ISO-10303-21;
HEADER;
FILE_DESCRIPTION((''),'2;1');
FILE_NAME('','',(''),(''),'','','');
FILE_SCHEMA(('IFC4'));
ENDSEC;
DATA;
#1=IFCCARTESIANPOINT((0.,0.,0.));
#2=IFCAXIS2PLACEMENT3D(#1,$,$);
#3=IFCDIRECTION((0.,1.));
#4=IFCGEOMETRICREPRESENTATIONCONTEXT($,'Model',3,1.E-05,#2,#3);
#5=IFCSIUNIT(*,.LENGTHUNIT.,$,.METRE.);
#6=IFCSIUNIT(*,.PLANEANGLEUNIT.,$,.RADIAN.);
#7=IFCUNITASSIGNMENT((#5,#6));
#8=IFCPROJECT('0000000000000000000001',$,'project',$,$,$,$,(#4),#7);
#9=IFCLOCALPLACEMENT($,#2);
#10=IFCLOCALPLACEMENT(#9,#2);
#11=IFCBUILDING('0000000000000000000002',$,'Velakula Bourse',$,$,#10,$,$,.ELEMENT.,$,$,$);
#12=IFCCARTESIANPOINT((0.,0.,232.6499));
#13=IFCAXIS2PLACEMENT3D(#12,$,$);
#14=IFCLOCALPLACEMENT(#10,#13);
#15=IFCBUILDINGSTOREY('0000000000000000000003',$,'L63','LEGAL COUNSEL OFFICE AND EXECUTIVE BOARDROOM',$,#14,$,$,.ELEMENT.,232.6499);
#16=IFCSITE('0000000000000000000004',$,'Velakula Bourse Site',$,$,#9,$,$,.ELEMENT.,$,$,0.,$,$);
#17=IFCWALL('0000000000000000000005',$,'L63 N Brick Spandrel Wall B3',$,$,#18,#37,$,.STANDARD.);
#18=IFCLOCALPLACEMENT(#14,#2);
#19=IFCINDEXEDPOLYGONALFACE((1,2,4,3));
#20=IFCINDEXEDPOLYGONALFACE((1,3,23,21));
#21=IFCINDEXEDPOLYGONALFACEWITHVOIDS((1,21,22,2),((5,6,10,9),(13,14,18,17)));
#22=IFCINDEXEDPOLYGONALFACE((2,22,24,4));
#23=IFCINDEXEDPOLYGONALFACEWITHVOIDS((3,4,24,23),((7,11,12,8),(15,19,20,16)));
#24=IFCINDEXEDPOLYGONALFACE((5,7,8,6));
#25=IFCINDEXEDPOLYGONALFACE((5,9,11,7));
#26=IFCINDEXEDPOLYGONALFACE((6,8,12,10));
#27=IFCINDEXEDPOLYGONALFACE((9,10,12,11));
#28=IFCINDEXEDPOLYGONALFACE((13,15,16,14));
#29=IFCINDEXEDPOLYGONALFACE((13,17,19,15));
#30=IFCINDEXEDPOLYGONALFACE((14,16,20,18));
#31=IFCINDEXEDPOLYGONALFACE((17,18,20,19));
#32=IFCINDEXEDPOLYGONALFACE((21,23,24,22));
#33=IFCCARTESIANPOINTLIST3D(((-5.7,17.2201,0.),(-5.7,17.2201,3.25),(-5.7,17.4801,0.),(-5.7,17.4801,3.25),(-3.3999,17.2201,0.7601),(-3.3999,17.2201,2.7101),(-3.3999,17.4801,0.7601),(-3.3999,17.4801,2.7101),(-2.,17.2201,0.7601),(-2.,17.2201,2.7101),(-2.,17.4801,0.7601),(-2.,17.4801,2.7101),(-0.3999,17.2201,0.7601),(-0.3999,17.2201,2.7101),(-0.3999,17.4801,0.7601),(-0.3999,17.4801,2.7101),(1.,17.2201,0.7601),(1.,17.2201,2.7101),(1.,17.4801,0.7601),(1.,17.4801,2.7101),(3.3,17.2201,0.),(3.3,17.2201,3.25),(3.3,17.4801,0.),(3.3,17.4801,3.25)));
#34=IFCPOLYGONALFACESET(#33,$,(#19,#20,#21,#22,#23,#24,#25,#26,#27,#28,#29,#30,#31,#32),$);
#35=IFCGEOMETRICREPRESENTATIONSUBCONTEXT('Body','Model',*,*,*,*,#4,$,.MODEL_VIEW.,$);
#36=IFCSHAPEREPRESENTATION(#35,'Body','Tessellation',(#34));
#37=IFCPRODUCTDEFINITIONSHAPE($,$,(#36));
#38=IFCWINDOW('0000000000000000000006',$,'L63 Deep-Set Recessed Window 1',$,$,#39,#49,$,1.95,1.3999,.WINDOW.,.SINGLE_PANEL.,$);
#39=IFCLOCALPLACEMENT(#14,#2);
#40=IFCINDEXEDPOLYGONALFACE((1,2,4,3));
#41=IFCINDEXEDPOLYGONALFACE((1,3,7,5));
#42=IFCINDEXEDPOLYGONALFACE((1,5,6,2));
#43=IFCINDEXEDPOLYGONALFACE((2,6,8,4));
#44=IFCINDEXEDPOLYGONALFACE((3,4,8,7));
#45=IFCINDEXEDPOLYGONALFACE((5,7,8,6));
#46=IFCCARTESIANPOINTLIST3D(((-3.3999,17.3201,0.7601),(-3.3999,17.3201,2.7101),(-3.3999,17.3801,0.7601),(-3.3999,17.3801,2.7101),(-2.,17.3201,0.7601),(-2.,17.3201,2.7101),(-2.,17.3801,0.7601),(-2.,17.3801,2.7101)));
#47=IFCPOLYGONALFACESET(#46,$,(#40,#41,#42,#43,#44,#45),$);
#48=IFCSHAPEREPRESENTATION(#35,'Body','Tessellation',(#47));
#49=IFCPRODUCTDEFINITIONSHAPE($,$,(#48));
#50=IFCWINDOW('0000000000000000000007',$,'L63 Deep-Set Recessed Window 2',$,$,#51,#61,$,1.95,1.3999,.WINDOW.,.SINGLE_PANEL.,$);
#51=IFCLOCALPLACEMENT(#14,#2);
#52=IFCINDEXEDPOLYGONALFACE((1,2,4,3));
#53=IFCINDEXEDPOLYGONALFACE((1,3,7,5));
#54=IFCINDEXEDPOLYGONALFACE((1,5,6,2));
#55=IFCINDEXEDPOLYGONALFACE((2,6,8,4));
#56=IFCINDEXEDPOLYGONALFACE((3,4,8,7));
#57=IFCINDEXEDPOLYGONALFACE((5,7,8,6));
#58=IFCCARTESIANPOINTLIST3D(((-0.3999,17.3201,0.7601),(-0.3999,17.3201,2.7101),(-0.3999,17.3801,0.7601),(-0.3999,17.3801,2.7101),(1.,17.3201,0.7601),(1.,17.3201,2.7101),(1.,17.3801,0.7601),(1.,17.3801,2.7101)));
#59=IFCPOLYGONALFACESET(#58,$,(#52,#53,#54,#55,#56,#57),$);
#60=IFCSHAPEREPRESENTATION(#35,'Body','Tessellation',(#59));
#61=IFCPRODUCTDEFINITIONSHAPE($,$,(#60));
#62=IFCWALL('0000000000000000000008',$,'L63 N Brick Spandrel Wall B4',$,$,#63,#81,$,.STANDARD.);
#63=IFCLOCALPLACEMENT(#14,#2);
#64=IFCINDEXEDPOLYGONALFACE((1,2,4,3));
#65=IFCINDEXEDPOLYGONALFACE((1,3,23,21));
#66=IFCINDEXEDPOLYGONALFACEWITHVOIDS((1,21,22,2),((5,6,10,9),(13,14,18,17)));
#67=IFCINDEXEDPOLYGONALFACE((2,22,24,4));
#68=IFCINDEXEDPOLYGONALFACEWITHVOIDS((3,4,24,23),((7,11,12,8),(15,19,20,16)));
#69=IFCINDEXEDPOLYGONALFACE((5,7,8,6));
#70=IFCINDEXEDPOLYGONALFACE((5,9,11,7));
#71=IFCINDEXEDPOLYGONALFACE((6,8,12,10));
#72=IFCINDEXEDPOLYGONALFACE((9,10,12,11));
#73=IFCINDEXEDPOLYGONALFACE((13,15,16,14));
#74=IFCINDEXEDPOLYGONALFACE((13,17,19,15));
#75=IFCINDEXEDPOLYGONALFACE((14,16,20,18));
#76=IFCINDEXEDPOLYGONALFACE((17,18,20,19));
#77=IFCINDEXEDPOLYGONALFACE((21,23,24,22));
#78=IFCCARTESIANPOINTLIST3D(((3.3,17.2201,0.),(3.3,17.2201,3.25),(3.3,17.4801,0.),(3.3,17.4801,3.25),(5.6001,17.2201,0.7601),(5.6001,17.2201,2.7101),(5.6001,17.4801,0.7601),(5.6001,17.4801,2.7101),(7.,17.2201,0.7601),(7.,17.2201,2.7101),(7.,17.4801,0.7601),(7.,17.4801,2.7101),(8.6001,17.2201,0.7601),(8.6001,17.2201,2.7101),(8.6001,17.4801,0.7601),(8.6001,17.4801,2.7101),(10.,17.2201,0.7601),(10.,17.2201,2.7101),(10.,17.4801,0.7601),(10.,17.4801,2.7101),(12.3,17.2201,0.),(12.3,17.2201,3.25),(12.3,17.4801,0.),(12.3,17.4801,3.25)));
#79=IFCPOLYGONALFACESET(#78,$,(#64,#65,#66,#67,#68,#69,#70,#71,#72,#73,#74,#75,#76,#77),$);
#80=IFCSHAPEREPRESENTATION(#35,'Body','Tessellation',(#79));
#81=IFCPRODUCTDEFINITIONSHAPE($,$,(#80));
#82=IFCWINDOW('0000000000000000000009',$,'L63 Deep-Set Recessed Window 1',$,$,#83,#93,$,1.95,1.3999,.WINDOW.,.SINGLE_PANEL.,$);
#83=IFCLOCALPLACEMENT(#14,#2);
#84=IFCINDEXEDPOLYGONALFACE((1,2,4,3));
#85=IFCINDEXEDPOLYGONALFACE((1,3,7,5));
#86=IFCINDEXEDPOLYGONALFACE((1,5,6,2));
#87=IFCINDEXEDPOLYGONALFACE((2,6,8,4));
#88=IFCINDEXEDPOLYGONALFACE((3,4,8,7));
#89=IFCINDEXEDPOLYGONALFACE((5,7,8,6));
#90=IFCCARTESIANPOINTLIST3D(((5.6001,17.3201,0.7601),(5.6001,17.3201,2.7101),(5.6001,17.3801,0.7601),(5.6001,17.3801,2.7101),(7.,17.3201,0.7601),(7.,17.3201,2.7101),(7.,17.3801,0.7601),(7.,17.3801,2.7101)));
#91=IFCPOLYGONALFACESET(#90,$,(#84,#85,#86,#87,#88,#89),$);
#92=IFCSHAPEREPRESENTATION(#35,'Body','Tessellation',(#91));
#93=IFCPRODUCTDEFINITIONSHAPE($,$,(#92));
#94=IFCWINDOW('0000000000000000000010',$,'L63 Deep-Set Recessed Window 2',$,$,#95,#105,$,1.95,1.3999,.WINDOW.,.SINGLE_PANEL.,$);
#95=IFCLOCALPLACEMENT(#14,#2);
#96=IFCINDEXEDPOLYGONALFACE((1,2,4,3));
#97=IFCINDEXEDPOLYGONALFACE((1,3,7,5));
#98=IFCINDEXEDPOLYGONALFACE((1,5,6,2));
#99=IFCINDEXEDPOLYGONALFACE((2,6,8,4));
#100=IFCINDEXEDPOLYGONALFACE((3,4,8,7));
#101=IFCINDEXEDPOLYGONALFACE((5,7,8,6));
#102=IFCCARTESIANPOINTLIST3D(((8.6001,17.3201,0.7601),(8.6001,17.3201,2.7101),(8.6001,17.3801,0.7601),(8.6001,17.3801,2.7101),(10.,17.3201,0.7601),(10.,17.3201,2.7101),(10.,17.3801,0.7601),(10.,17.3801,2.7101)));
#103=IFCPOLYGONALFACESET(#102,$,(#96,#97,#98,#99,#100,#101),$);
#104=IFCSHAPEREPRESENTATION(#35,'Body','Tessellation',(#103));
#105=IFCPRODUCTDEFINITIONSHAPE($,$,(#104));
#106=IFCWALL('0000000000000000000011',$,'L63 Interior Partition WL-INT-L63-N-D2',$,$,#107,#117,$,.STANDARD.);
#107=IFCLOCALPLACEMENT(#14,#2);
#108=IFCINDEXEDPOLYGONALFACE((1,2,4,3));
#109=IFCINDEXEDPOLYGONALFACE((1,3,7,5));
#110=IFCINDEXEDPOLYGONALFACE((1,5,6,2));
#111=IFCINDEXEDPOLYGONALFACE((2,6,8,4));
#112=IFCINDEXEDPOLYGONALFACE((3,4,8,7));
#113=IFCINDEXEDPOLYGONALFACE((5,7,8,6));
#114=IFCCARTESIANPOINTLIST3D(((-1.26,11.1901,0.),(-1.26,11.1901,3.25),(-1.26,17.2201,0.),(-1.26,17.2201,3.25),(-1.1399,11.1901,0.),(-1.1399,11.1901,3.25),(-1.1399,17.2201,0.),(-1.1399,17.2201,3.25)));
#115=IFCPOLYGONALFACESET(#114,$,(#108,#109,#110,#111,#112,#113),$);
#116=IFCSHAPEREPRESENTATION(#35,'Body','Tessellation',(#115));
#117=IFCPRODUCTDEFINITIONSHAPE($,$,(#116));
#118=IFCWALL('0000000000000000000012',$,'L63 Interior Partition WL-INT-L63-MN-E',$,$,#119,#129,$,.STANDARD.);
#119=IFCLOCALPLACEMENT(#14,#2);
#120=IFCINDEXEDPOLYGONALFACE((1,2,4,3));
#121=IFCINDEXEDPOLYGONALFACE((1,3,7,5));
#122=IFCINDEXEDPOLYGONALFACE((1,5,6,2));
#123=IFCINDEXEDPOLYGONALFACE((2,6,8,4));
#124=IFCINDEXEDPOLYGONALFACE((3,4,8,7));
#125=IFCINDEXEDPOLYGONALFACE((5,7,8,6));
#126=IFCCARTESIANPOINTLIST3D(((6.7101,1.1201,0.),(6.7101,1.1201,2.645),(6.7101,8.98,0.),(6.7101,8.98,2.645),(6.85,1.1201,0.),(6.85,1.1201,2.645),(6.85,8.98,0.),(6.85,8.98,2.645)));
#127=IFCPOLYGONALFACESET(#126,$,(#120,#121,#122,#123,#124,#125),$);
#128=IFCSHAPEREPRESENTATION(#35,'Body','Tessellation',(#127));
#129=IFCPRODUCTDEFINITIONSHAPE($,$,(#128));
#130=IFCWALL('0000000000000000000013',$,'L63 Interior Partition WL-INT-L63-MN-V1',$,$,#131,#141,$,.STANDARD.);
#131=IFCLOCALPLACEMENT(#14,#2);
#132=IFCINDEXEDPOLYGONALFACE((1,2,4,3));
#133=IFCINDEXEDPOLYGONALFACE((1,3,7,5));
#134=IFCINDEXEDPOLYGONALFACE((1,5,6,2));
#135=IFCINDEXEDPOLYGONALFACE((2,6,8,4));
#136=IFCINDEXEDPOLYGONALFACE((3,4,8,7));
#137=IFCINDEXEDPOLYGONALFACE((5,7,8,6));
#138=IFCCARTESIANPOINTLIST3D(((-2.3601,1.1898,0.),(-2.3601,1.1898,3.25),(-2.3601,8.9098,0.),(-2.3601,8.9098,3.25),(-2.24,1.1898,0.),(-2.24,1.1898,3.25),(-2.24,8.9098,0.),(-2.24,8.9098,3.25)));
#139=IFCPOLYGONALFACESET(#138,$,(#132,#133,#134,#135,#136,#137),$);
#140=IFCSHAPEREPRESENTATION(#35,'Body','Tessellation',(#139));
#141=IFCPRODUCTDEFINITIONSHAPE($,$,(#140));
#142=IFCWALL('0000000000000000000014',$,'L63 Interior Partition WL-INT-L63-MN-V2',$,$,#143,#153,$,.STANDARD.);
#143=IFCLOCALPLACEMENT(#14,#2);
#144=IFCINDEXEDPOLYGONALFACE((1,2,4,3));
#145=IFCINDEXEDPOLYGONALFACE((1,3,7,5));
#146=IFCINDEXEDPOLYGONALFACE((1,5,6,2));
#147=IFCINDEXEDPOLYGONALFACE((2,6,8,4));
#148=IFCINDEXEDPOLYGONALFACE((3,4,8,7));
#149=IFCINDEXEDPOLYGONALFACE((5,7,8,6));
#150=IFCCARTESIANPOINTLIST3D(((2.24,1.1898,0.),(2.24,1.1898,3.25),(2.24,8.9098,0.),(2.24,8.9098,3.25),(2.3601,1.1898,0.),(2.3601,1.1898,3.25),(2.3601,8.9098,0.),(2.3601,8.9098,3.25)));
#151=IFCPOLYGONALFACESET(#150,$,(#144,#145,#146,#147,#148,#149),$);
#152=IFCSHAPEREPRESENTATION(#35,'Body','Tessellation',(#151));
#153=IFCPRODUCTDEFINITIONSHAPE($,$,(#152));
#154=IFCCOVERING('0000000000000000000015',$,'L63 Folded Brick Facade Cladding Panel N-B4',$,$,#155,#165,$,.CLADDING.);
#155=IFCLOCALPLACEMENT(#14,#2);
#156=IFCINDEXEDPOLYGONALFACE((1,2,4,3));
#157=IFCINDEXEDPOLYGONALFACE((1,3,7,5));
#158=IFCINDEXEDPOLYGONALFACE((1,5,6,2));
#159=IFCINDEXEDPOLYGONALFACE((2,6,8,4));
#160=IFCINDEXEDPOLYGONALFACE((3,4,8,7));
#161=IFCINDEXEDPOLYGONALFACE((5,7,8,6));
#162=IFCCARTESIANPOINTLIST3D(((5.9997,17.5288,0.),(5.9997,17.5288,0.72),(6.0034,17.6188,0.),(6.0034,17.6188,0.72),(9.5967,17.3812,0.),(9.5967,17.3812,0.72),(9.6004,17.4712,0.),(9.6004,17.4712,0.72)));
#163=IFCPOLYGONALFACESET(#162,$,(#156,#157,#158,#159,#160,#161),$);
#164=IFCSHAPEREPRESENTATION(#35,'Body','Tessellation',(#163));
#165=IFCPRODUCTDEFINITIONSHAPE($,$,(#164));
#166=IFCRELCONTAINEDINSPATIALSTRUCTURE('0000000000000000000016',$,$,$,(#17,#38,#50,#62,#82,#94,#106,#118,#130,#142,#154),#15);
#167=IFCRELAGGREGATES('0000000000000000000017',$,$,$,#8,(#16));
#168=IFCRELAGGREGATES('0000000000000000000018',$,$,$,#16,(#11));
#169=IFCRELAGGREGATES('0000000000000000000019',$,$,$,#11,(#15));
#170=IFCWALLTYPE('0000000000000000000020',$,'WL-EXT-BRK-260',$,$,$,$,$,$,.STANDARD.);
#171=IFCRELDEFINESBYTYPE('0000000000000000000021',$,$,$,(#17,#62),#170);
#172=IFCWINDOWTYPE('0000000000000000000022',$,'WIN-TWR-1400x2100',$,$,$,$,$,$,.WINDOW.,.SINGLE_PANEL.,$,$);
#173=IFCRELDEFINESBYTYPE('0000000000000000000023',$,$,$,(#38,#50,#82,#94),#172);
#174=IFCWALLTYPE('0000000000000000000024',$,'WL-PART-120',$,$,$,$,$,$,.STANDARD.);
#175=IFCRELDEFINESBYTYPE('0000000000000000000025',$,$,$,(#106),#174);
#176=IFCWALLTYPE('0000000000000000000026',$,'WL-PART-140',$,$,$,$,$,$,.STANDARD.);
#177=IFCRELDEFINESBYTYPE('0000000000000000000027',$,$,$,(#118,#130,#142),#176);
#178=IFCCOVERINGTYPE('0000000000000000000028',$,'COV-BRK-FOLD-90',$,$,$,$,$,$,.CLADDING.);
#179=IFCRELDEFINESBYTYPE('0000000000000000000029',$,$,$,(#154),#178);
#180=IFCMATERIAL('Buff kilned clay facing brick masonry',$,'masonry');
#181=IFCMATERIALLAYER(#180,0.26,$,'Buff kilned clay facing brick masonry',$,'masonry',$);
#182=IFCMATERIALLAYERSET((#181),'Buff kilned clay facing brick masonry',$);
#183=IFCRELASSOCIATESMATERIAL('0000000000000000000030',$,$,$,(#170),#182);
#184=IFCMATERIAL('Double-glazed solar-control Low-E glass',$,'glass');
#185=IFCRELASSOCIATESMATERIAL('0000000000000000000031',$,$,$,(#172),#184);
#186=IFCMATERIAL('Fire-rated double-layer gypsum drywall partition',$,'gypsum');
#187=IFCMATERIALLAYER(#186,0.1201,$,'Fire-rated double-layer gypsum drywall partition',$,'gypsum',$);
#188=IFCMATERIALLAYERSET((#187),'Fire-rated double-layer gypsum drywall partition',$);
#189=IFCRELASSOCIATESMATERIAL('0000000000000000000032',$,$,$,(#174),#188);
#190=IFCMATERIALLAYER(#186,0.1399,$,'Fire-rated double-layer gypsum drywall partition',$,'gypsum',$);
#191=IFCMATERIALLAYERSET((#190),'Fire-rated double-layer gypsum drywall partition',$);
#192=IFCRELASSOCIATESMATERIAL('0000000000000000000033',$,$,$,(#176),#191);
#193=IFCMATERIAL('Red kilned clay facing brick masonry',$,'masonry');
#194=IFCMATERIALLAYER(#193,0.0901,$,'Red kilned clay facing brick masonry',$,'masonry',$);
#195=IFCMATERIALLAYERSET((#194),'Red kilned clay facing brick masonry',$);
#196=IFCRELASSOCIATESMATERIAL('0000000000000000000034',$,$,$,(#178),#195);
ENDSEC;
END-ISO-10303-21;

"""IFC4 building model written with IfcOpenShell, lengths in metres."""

from ifc_helpers import new_model, si_unit, direction, frame, frame_2d, origin, origin_2d, place, context, subcontext, project, spatial, rectangle, extrude, material, layer, layer_set, type_object, element, fill, save


model = new_model("IFC4")

# Units and contexts
model_context = context("Model", 3, precision=1e-05, world=origin(), true_north=direction((0.0, 1.0)))
body_context = subcontext(model_context, "Body", "Model", "MODEL_VIEW")
ifc_project = project(units=[si_unit("LENGTHUNIT", "METRE"), si_unit("PLANEANGLEUNIT", "RADIAN")], contexts=[model_context])

# Site, building, storey
site_placement = place(None, origin())
site = spatial("IfcSite", under=ifc_project, at=site_placement, Name="Velakula Bourse Site", CompositionType="ELEMENT", RefElevation=0.0)
building_placement = place(site_placement, origin())
building = spatial("IfcBuilding", under=site, at=building_placement, Name="Velakula Bourse", CompositionType="ELEMENT")
storey_placement = place(building_placement, frame((0.0, 0.0, 232.6499)))
storey = spatial("IfcBuildingStorey", under=building, at=storey_placement, Name="L63", Description="LEGAL COUNSEL OFFICE AND EXECUTIVE BOARDROOM", CompositionType="ELEMENT", Elevation=232.6499)

# Walls, openings, windows
ifc_material_1 = material(Name="Buff kilned clay facing brick masonry", Category="masonry")
ifc_layer_1 = layer(ifc_material_1, 0.26, Name="Buff kilned clay facing brick masonry", Category="masonry")
ifc_layer_set_1 = layer_set([ifc_layer_1], Name="Buff kilned clay facing brick masonry")
wall_type_1 = type_object("IfcWallType", Name="WL-EXT-BRK-260", PredefinedType="STANDARD", material=ifc_layer_set_1)
wall_1_placement = place(storey_placement, frame((-5.7, 17.3501, 0.0), z_axis=(0.0, 0.0, 1.0), x_axis=(1.0, 0.0, 0.0)))
wall_1 = element("IfcWall", 1, at=wall_1_placement, inside=storey, type_object=wall_type_1, Name="L63 N Brick Spandrel Wall B3", PredefinedType="STANDARD", context=body_context, shape_type="SweptSolid", body=[
    extrude(rectangle(XDim=9.0, YDim=0.26, at=frame_2d((4.5, 0.0))), origin(), (0.0, 0.0, 1.0), 3.25),
])
opening_1_placement = place(wall_1_placement, frame((2.3, 0.0, 0.76)))
opening_1 = element("IfcOpeningElement", 2, at=opening_1_placement, cuts=wall_1, PredefinedType="OPENING", context=body_context, shape_type="SweptSolid", body=[
    extrude(rectangle(XDim=1.3999, YDim=1.95, at=frame_2d((0.7, 0.9751))), frame((0.0, 0.1399, 0.0), z_axis=(0.0, -1.0, 0.0), x_axis=(1.0, 0.0, 0.0)), (0.0, 0.0, 1.0), 0.28),
])
opening_2_placement = place(wall_1_placement, frame((5.3, 0.0, 0.76)))
opening_2 = element("IfcOpeningElement", 3, at=opening_2_placement, cuts=wall_1, PredefinedType="OPENING", context=body_context, shape_type="SweptSolid", body=[
    extrude(rectangle(XDim=1.3999, YDim=1.95, at=frame_2d((0.7, 0.9751))), frame((0.0, 0.1399, 0.0), z_axis=(0.0, -1.0, 0.0), x_axis=(1.0, 0.0, 0.0)), (0.0, 0.0, 1.0), 0.28),
])
ifc_material_2 = material(Name="Double-glazed solar-control Low-E glass", Category="glass")
window_type = type_object("IfcWindowType", Name="WIN-TWR-1400x2100", PartitioningType="SINGLE_PANEL", PredefinedType="WINDOW", material=ifc_material_2)
window_1_placement = place(opening_1_placement, origin())
window_1 = element("IfcWindow", 4, at=window_1_placement, inside=storey, type_object=window_type, Name="L63 Deep-Set Recessed Window 1", OverallHeight=1.95, OverallWidth=1.3999, PartitioningType="SINGLE_PANEL", PredefinedType="WINDOW", context=body_context, shape_type="SweptSolid", body=[
    extrude(rectangle(XDim=1.3999, YDim=1.95, at=frame_2d((0.7, 0.9751))), frame((0.0, 0.03, 0.0), z_axis=(0.0, -1.0, 0.0), x_axis=(1.0, 0.0, 0.0)), (0.0, 0.0, 1.0), 0.0601),
])
fill(opening_1, window_1)
window_2_placement = place(opening_2_placement, origin())
window_2 = element("IfcWindow", 5, at=window_2_placement, inside=storey, type_object=window_type, Name="L63 Deep-Set Recessed Window 2", OverallHeight=1.95, OverallWidth=1.3999, PartitioningType="SINGLE_PANEL", PredefinedType="WINDOW", context=body_context, shape_type="SweptSolid", body=[
    extrude(rectangle(XDim=1.3999, YDim=1.95, at=frame_2d((0.7, 0.9751))), frame((0.0, 0.03, 0.0), z_axis=(0.0, -1.0, 0.0), x_axis=(1.0, 0.0, 0.0)), (0.0, 0.0, 1.0), 0.0601),
])
fill(opening_2, window_2)
wall_2_placement = place(storey_placement, frame((3.3, 17.3501, 0.0), z_axis=(0.0, 0.0, 1.0), x_axis=(1.0, 0.0, 0.0)))
wall_2 = element("IfcWall", 6, at=wall_2_placement, inside=storey, type_object=wall_type_1, Name="L63 N Brick Spandrel Wall B4", PredefinedType="STANDARD", context=body_context, shape_type="SweptSolid", body=[
    extrude(rectangle(XDim=9.0, YDim=0.26, at=frame_2d((4.5, 0.0))), origin(), (0.0, 0.0, 1.0), 3.25),
])
opening_3_placement = place(wall_2_placement, frame((2.3, 0.0, 0.76)))
opening_3 = element("IfcOpeningElement", 7, at=opening_3_placement, cuts=wall_2, PredefinedType="OPENING", context=body_context, shape_type="SweptSolid", body=[
    extrude(rectangle(XDim=1.3999, YDim=1.95, at=frame_2d((0.7, 0.9751))), frame((0.0, 0.1399, 0.0), z_axis=(0.0, -1.0, 0.0), x_axis=(1.0, 0.0, 0.0)), (0.0, 0.0, 1.0), 0.28),
])
opening_4_placement = place(wall_2_placement, frame((5.3, 0.0, 0.76)))
opening_4 = element("IfcOpeningElement", 8, at=opening_4_placement, cuts=wall_2, PredefinedType="OPENING", context=body_context, shape_type="SweptSolid", body=[
    extrude(rectangle(XDim=1.3999, YDim=1.95, at=frame_2d((0.7, 0.9751))), frame((0.0, 0.1399, 0.0), z_axis=(0.0, -1.0, 0.0), x_axis=(1.0, 0.0, 0.0)), (0.0, 0.0, 1.0), 0.28),
])
window_3_placement = place(opening_3_placement, origin())
window_3 = element("IfcWindow", 9, at=window_3_placement, inside=storey, type_object=window_type, Name="L63 Deep-Set Recessed Window 1", OverallHeight=1.95, OverallWidth=1.3999, PartitioningType="SINGLE_PANEL", PredefinedType="WINDOW", context=body_context, shape_type="SweptSolid", body=[
    extrude(rectangle(XDim=1.3999, YDim=1.95, at=frame_2d((0.7, 0.9751))), frame((0.0, 0.03, 0.0), z_axis=(0.0, -1.0, 0.0), x_axis=(1.0, 0.0, 0.0)), (0.0, 0.0, 1.0), 0.0601),
])
fill(opening_3, window_3)
window_4_placement = place(opening_4_placement, origin())
window_4 = element("IfcWindow", 10, at=window_4_placement, inside=storey, type_object=window_type, Name="L63 Deep-Set Recessed Window 2", OverallHeight=1.95, OverallWidth=1.3999, PartitioningType="SINGLE_PANEL", PredefinedType="WINDOW", context=body_context, shape_type="SweptSolid", body=[
    extrude(rectangle(XDim=1.3999, YDim=1.95, at=frame_2d((0.7, 0.9751))), frame((0.0, 0.03, 0.0), z_axis=(0.0, -1.0, 0.0), x_axis=(1.0, 0.0, 0.0)), (0.0, 0.0, 1.0), 0.0601),
])
fill(opening_4, window_4)

# Walls
ifc_material_3 = material(Name="Fire-rated double-layer gypsum drywall partition", Category="gypsum")
ifc_layer_2 = layer(ifc_material_3, 0.1201, Name="Fire-rated double-layer gypsum drywall partition", Category="gypsum")
ifc_layer_set_2 = layer_set([ifc_layer_2], Name="Fire-rated double-layer gypsum drywall partition")
wall_type_2 = type_object("IfcWallType", Name="WL-PART-120", PredefinedType="STANDARD", material=ifc_layer_set_2)
wall_3_placement = place(storey_placement, frame((-1.2, 11.1899, 0.0), z_axis=(0.0, 0.0, 1.0), x_axis=(0.0, 1.0, 0.0)))
element("IfcWall", 11, at=wall_3_placement, inside=storey, type_object=wall_type_2, Name="L63 Interior Partition WL-INT-L63-N-D2", PredefinedType="STANDARD", context=body_context, shape_type="SweptSolid", body=[
    extrude(rectangle(XDim=6.03, YDim=0.1201, at=frame_2d((3.0151, 0.0))), origin(), (0.0, 0.0, 1.0), 3.25),
])
ifc_layer_3 = layer(ifc_material_3, 0.1399, Name="Fire-rated double-layer gypsum drywall partition", Category="gypsum")
ifc_layer_set_3 = layer_set([ifc_layer_3], Name="Fire-rated double-layer gypsum drywall partition")
wall_type_3 = type_object("IfcWallType", Name="WL-PART-140", PredefinedType="STANDARD", material=ifc_layer_set_3)
wall_4_placement = place(storey_placement, frame((6.78, 1.1201, 0.0), z_axis=(0.0, 0.0, 1.0), x_axis=(0.0, 1.0, 0.0)))
element("IfcWall", 12, at=wall_4_placement, inside=storey, type_object=wall_type_3, Name="L63 Interior Partition WL-INT-L63-MN-E", PredefinedType="STANDARD", context=body_context, shape_type="SweptSolid", body=[
    extrude(rectangle(XDim=7.8599, YDim=0.1399, at=frame_2d((3.9299, 0.0))), origin(), (0.0, 0.0, 1.0), 2.645),
])
for number, where, z_axis, x_axis, name in (
    (13, (-2.3, 1.1899, 0.0), (0.0, 0.0, 1.0), (0.0, 1.0, 0.0), "L63 Interior Partition WL-INT-L63-MN-V1"),
    (14, (2.3, 1.1899, 0.0), (0.0, 0.0, 1.0), (0.0, 1.0, 0.0), "L63 Interior Partition WL-INT-L63-MN-V2"),
):
    element("IfcWall", number, at=place(storey_placement, frame(where, z_axis=z_axis, x_axis=x_axis)), inside=storey, type_object=wall_type_3, Name=name, PredefinedType="STANDARD", context=body_context, shape_type="SweptSolid", body=[
        extrude(rectangle(XDim=7.72, YDim=0.1201, at=frame_2d((3.8599, 0.0))), origin(), (0.0, 0.0, 1.0), 3.25),
    ])

# Covering
ifc_material_4 = material(Name="Red kilned clay facing brick masonry", Category="masonry")
ifc_layer_4 = layer(ifc_material_4, 0.0901, Name="Red kilned clay facing brick masonry", Category="masonry")
ifc_layer_set_4 = layer_set([ifc_layer_4], Name="Red kilned clay facing brick masonry")
covering_type = type_object("IfcCoveringType", Name="COV-BRK-FOLD-90", PredefinedType="CLADDING", material=ifc_layer_set_4)
covering_placement = place(storey_placement, frame((7.8, 17.5, 0.0), z_axis=(0.0, 0.0, 1.0), x_axis=(0.999159, -0.041004, 0.0)))
element("IfcCovering", 15, at=covering_placement, inside=storey, type_object=covering_type, Name="L63 Folded Brick Facade Cladding Panel N-B4", PredefinedType="CLADDING", context=body_context, shape_type="SweptSolid", body=[
    extrude(rectangle(XDim=3.6001, YDim=0.0901, at=origin_2d()), origin(), (0.0, 0.0, 1.0), 0.72),
])

save(model, "model.ifc")
